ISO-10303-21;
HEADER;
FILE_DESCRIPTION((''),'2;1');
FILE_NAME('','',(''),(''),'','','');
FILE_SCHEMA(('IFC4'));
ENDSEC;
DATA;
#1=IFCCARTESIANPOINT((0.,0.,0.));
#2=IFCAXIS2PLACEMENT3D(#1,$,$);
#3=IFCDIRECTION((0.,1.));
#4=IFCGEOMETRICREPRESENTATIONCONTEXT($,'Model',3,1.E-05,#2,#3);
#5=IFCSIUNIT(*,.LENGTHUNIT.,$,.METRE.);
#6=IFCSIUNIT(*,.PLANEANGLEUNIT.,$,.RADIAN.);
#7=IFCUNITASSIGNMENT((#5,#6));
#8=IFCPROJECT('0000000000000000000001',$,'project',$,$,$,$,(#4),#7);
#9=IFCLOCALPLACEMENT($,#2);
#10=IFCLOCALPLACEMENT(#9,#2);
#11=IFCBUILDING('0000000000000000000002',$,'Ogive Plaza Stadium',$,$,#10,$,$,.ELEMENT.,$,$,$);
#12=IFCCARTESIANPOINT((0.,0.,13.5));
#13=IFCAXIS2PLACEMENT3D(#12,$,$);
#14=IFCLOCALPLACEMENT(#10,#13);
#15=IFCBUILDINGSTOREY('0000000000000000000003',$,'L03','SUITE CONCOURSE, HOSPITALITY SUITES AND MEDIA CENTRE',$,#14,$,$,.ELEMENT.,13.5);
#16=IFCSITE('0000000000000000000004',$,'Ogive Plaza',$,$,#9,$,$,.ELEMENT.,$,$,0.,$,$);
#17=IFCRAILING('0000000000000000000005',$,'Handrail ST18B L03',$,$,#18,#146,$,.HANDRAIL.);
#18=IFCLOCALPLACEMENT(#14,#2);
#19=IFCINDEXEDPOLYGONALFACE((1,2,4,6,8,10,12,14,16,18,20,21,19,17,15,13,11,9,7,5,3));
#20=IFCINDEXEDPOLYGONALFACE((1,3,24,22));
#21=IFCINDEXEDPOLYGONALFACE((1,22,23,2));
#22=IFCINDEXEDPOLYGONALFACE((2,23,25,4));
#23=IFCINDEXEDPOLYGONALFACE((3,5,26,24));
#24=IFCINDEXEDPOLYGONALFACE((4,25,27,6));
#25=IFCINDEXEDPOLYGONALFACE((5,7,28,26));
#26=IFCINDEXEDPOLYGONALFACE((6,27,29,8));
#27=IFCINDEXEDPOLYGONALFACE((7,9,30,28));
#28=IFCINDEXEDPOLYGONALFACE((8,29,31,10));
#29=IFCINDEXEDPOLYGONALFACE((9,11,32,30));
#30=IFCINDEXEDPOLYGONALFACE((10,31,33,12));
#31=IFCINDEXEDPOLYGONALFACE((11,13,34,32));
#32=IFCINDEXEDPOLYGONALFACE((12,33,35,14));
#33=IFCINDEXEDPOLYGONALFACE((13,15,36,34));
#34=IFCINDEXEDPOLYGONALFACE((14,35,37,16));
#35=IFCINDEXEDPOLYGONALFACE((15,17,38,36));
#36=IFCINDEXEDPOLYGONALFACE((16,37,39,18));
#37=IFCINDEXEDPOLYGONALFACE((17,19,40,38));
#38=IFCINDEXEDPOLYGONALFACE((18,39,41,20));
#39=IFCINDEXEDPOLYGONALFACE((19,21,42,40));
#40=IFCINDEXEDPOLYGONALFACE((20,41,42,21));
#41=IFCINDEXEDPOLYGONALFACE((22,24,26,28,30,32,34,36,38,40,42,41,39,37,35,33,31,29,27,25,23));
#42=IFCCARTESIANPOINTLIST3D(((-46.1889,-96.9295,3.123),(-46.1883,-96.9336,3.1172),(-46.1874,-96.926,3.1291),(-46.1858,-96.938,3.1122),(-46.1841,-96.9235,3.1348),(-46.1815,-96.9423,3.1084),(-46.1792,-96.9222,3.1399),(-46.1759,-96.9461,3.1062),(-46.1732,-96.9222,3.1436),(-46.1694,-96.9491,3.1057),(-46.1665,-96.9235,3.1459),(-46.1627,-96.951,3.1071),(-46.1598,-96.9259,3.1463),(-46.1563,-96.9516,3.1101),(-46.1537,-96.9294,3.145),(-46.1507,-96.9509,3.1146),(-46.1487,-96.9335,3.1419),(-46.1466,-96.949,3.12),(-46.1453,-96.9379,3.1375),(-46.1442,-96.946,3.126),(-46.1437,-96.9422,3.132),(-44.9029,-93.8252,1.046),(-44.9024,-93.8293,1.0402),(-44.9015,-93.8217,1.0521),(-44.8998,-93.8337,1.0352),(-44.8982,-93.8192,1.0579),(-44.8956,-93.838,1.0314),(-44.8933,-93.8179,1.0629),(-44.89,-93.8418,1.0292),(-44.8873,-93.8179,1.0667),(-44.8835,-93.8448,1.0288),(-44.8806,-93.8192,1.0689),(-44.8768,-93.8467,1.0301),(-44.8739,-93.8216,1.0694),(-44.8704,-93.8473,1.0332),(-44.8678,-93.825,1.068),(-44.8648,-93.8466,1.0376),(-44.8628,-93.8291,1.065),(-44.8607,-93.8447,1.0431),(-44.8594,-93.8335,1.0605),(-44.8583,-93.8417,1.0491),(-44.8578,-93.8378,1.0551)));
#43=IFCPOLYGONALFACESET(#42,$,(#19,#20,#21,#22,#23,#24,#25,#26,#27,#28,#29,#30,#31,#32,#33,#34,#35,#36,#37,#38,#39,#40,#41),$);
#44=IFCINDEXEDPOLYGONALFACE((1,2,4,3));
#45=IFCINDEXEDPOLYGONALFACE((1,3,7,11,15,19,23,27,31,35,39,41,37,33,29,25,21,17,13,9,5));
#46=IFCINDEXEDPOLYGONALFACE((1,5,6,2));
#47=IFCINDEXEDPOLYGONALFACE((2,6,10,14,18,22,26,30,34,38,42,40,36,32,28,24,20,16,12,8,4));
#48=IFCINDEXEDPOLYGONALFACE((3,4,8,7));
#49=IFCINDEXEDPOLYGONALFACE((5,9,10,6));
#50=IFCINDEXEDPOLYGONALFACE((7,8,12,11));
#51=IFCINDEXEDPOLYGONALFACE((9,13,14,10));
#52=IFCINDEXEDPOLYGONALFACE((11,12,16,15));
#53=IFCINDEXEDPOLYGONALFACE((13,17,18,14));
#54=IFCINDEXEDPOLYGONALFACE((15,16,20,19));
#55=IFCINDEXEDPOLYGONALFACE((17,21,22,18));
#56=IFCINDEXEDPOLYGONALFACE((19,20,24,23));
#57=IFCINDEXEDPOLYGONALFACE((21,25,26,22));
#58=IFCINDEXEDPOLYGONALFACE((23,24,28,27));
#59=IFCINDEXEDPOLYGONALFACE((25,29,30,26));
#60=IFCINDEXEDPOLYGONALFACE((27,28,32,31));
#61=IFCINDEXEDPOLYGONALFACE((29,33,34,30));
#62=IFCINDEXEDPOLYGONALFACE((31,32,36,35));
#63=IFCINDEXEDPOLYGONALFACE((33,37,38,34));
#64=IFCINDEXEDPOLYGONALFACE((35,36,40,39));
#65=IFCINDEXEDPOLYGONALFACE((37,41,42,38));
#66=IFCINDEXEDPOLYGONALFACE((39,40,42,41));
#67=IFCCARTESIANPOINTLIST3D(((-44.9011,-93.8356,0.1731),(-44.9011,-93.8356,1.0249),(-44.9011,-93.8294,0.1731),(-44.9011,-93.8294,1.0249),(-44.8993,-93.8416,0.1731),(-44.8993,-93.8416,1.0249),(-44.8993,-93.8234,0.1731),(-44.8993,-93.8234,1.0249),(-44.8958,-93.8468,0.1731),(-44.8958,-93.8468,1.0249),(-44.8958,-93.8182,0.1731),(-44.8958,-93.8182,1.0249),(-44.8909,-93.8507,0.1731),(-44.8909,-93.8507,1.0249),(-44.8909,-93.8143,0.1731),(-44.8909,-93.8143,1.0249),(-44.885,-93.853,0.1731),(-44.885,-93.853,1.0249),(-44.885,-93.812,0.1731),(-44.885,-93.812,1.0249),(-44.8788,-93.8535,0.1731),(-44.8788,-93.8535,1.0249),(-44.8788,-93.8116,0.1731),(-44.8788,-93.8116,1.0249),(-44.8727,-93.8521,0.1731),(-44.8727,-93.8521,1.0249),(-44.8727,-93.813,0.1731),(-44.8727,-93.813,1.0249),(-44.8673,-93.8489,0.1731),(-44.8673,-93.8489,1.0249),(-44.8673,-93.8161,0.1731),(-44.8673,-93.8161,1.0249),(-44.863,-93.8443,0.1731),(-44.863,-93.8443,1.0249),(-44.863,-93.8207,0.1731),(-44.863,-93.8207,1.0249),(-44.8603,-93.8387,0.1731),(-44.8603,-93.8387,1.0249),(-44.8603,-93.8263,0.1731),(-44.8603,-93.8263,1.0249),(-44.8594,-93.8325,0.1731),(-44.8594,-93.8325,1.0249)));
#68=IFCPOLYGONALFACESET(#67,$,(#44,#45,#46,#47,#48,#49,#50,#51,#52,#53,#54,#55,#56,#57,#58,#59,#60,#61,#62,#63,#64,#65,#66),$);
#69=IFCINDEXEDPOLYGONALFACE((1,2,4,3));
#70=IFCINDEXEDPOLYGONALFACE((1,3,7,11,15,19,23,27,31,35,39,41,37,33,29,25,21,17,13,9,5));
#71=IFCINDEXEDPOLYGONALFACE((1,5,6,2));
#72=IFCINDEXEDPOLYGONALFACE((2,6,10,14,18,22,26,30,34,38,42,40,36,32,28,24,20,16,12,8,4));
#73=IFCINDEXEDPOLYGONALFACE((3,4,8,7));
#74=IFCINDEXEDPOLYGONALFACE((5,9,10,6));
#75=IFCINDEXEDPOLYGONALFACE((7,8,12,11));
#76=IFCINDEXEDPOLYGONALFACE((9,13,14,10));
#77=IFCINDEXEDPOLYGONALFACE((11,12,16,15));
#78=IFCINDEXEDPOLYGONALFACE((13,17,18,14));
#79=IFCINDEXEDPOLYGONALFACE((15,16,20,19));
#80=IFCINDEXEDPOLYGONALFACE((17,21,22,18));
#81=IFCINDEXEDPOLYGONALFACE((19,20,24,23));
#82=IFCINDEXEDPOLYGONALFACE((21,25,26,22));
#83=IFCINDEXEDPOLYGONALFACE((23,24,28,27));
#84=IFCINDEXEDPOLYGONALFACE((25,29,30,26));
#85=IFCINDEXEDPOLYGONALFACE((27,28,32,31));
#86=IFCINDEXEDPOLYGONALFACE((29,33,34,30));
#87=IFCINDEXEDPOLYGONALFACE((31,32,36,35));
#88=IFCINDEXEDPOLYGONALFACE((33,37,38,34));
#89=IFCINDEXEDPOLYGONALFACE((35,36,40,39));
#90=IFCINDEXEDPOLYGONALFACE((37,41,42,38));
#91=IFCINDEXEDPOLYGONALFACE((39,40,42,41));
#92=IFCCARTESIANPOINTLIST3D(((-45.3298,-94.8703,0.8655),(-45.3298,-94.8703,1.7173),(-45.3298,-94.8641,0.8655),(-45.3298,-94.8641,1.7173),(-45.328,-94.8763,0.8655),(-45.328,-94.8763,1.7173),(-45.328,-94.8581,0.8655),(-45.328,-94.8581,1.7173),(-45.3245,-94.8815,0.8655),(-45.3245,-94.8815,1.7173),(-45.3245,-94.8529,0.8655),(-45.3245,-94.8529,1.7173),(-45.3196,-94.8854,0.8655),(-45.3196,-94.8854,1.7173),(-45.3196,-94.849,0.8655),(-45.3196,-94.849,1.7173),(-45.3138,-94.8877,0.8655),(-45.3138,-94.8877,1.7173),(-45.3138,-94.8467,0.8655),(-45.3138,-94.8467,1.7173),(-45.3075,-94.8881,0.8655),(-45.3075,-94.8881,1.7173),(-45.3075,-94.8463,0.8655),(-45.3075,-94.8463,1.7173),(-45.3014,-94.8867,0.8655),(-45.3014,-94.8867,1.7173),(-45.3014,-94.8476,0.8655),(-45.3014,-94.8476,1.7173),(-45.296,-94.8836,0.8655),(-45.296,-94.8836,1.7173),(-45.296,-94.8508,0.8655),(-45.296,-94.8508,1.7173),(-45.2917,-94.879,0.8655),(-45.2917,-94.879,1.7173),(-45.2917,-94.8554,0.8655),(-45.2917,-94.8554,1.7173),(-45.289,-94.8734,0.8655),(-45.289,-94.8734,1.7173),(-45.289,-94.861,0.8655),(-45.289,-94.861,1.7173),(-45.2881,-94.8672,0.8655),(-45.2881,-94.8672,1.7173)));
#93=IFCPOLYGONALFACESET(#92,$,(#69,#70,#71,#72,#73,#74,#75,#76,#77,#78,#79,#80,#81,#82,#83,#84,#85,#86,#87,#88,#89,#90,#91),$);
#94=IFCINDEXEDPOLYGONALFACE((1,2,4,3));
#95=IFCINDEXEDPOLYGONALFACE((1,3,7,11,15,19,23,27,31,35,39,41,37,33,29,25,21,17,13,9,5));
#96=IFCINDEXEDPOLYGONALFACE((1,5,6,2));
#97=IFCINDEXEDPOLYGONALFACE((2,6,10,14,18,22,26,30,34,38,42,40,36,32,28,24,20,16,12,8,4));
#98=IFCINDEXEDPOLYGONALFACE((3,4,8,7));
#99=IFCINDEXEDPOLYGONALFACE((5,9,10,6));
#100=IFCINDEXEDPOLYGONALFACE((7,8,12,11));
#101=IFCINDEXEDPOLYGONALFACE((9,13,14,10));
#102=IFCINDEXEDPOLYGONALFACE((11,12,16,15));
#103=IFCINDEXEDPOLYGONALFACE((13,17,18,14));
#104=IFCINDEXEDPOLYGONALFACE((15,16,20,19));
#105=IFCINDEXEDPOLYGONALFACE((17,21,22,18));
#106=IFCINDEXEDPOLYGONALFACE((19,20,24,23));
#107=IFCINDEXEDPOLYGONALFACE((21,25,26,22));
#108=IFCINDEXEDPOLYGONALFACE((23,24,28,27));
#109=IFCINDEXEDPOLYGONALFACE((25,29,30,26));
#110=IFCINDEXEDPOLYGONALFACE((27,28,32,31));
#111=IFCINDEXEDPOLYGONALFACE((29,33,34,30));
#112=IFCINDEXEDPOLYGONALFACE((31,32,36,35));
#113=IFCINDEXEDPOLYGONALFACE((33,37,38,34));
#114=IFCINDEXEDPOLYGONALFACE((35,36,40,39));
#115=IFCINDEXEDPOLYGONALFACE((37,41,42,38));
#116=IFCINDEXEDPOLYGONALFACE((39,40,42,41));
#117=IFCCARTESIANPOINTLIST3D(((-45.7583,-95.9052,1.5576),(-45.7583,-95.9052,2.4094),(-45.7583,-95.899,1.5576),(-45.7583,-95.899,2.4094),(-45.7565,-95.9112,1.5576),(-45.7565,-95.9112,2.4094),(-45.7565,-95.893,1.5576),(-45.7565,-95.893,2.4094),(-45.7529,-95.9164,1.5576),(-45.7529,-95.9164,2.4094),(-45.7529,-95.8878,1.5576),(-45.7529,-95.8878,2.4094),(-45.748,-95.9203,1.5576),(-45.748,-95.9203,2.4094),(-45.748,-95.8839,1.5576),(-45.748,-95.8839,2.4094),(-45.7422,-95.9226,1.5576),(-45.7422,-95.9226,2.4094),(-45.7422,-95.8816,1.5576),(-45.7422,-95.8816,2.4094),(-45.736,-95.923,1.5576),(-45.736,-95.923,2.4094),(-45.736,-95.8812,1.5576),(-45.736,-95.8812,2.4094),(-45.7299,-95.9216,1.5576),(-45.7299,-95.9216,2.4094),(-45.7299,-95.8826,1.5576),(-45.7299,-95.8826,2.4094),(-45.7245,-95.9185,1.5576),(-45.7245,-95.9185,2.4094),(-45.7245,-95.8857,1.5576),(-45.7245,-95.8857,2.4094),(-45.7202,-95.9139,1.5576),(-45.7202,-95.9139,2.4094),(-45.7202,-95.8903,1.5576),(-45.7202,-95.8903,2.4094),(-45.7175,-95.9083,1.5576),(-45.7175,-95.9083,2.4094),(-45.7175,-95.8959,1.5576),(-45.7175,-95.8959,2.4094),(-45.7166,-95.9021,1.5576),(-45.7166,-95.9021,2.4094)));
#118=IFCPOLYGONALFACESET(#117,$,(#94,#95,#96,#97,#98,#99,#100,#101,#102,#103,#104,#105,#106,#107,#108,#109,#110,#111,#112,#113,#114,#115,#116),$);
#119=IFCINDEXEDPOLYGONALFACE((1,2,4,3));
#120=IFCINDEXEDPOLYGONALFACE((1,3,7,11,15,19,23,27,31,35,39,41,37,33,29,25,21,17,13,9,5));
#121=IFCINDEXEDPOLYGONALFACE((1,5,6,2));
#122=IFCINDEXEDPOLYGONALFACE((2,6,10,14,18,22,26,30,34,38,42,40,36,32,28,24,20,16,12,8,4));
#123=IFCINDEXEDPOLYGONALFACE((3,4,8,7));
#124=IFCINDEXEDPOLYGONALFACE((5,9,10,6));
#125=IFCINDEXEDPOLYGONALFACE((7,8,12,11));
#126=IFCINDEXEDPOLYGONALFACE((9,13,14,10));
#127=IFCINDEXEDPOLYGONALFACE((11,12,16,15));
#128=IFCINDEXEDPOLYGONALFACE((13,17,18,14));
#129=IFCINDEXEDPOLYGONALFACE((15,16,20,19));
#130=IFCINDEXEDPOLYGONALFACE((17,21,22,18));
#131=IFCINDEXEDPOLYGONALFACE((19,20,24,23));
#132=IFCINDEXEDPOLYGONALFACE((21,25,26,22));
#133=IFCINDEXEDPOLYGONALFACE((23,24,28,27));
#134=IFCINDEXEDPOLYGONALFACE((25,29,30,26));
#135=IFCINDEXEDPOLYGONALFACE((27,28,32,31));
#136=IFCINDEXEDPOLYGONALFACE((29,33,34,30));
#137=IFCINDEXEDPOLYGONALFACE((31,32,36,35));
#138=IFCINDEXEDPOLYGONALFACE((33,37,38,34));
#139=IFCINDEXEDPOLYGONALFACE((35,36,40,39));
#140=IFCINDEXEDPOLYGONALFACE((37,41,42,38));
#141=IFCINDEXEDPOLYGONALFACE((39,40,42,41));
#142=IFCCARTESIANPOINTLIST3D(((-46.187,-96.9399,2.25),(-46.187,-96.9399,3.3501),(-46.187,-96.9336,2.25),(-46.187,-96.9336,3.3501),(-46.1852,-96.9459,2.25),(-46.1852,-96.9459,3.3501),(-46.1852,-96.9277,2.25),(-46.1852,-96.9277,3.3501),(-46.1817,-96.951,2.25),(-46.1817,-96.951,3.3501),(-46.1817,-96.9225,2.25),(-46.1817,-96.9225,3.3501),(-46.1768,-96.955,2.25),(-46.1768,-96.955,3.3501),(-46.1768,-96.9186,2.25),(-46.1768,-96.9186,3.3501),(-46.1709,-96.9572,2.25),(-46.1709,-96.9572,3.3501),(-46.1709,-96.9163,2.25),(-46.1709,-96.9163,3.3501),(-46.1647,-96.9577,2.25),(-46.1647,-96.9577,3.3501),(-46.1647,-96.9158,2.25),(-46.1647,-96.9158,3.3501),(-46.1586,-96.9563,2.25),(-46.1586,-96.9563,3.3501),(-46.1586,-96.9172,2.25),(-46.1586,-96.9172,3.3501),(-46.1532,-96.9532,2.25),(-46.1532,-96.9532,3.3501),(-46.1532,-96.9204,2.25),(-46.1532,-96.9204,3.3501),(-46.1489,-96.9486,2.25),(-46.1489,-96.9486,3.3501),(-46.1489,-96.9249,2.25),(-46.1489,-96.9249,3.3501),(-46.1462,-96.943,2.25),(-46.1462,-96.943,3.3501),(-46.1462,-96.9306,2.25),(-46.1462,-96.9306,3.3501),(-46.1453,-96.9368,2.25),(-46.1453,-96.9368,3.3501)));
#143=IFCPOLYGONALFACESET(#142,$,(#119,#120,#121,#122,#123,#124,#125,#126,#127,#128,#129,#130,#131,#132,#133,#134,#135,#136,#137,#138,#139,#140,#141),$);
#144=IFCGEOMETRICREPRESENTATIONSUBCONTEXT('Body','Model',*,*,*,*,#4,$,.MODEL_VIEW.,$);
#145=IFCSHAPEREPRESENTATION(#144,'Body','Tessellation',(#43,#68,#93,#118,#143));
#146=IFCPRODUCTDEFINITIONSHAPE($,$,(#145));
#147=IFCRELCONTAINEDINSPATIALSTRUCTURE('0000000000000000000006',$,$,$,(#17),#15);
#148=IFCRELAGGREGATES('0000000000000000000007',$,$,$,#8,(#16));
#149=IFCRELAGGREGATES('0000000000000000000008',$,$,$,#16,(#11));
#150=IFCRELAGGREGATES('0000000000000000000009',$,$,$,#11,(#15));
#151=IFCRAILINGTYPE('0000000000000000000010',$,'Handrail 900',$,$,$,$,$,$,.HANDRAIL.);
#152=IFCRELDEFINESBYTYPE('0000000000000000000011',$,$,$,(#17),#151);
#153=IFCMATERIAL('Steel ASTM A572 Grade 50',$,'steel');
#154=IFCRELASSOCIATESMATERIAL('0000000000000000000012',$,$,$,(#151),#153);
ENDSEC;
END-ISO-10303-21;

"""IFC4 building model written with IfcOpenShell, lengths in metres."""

from ifc_helpers import new_model, si_unit, direction, frame, origin, origin_2d, place, context, subcontext, project, spatial, circle, extrude, material, type_object, element, save


model = new_model("IFC4")

# Units and contexts
model_context = context("Model", 3, precision=1e-05, world=origin(), true_north=direction((0.0, 1.0)))
body_context = subcontext(model_context, "Body", "Model", "MODEL_VIEW")
ifc_project = project(units=[si_unit("LENGTHUNIT", "METRE"), si_unit("PLANEANGLEUNIT", "RADIAN")], contexts=[model_context])

# Site, building, storey
site_placement = place(None, origin())
site = spatial("IfcSite", under=ifc_project, at=site_placement, Name="Ogive Plaza", CompositionType="ELEMENT", RefElevation=0.0)
building_placement = place(site_placement, origin())
building = spatial("IfcBuilding", under=site, at=building_placement, Name="Ogive Plaza Stadium", CompositionType="ELEMENT")
storey_placement = place(building_placement, frame((0.0, 0.0, 13.5)))
storey = spatial("IfcBuildingStorey", under=building, at=storey_placement, Name="L03", Description="SUITE CONCOURSE, HOSPITALITY SUITES AND MEDIA CENTRE", CompositionType="ELEMENT", Elevation=13.5)

# Railing
ifc_material_1 = material(Name="Steel ASTM A572 Grade 50", Category="steel")
railing_type_1 = type_object("IfcRailingType", Name="Handrail 900", PredefinedType="HANDRAIL", material=ifc_material_1)
for number, where, name in (
    (1, (-44.8804, -93.8325, 0.1731), "Handrail ST18B L03"),
):
    element("IfcRailing", number, at=place(storey_placement, frame(where)), inside=storey, type_object=railing_type_1, Name=name, PredefinedType="HANDRAIL", context=body_context, shape_type="SweptSolid", body=[
        extrude(circle(Radius=0.0239, at=origin_2d()), frame((0.0, 0.0, 0.876), z_axis=(-0.325532, -0.785863, 0.525783), x_axis=(0.923872, -0.3827, 0.0)), (0.0, 0.0, 1.0), 3.9502),
        extrude(circle(Radius=0.021, at=origin_2d()), origin(), (0.0, 0.0, 1.0), 0.8518),
        extrude(circle(Radius=0.021, at=origin_2d()), frame((-0.4287, -1.0347, 0.6924)), (0.0, 0.0, 1.0), 0.8518),
        extrude(circle(Radius=0.021, at=origin_2d()), frame((-0.8572, -2.0696, 1.3845)), (0.0, 0.0, 1.0), 0.8518),
        extrude(circle(Radius=0.021, at=origin_2d()), frame((-1.2859, -3.1042, 2.0769)), (0.0, 0.0, 1.0), 1.1001),
    ])

save(model, "model.ifc")
